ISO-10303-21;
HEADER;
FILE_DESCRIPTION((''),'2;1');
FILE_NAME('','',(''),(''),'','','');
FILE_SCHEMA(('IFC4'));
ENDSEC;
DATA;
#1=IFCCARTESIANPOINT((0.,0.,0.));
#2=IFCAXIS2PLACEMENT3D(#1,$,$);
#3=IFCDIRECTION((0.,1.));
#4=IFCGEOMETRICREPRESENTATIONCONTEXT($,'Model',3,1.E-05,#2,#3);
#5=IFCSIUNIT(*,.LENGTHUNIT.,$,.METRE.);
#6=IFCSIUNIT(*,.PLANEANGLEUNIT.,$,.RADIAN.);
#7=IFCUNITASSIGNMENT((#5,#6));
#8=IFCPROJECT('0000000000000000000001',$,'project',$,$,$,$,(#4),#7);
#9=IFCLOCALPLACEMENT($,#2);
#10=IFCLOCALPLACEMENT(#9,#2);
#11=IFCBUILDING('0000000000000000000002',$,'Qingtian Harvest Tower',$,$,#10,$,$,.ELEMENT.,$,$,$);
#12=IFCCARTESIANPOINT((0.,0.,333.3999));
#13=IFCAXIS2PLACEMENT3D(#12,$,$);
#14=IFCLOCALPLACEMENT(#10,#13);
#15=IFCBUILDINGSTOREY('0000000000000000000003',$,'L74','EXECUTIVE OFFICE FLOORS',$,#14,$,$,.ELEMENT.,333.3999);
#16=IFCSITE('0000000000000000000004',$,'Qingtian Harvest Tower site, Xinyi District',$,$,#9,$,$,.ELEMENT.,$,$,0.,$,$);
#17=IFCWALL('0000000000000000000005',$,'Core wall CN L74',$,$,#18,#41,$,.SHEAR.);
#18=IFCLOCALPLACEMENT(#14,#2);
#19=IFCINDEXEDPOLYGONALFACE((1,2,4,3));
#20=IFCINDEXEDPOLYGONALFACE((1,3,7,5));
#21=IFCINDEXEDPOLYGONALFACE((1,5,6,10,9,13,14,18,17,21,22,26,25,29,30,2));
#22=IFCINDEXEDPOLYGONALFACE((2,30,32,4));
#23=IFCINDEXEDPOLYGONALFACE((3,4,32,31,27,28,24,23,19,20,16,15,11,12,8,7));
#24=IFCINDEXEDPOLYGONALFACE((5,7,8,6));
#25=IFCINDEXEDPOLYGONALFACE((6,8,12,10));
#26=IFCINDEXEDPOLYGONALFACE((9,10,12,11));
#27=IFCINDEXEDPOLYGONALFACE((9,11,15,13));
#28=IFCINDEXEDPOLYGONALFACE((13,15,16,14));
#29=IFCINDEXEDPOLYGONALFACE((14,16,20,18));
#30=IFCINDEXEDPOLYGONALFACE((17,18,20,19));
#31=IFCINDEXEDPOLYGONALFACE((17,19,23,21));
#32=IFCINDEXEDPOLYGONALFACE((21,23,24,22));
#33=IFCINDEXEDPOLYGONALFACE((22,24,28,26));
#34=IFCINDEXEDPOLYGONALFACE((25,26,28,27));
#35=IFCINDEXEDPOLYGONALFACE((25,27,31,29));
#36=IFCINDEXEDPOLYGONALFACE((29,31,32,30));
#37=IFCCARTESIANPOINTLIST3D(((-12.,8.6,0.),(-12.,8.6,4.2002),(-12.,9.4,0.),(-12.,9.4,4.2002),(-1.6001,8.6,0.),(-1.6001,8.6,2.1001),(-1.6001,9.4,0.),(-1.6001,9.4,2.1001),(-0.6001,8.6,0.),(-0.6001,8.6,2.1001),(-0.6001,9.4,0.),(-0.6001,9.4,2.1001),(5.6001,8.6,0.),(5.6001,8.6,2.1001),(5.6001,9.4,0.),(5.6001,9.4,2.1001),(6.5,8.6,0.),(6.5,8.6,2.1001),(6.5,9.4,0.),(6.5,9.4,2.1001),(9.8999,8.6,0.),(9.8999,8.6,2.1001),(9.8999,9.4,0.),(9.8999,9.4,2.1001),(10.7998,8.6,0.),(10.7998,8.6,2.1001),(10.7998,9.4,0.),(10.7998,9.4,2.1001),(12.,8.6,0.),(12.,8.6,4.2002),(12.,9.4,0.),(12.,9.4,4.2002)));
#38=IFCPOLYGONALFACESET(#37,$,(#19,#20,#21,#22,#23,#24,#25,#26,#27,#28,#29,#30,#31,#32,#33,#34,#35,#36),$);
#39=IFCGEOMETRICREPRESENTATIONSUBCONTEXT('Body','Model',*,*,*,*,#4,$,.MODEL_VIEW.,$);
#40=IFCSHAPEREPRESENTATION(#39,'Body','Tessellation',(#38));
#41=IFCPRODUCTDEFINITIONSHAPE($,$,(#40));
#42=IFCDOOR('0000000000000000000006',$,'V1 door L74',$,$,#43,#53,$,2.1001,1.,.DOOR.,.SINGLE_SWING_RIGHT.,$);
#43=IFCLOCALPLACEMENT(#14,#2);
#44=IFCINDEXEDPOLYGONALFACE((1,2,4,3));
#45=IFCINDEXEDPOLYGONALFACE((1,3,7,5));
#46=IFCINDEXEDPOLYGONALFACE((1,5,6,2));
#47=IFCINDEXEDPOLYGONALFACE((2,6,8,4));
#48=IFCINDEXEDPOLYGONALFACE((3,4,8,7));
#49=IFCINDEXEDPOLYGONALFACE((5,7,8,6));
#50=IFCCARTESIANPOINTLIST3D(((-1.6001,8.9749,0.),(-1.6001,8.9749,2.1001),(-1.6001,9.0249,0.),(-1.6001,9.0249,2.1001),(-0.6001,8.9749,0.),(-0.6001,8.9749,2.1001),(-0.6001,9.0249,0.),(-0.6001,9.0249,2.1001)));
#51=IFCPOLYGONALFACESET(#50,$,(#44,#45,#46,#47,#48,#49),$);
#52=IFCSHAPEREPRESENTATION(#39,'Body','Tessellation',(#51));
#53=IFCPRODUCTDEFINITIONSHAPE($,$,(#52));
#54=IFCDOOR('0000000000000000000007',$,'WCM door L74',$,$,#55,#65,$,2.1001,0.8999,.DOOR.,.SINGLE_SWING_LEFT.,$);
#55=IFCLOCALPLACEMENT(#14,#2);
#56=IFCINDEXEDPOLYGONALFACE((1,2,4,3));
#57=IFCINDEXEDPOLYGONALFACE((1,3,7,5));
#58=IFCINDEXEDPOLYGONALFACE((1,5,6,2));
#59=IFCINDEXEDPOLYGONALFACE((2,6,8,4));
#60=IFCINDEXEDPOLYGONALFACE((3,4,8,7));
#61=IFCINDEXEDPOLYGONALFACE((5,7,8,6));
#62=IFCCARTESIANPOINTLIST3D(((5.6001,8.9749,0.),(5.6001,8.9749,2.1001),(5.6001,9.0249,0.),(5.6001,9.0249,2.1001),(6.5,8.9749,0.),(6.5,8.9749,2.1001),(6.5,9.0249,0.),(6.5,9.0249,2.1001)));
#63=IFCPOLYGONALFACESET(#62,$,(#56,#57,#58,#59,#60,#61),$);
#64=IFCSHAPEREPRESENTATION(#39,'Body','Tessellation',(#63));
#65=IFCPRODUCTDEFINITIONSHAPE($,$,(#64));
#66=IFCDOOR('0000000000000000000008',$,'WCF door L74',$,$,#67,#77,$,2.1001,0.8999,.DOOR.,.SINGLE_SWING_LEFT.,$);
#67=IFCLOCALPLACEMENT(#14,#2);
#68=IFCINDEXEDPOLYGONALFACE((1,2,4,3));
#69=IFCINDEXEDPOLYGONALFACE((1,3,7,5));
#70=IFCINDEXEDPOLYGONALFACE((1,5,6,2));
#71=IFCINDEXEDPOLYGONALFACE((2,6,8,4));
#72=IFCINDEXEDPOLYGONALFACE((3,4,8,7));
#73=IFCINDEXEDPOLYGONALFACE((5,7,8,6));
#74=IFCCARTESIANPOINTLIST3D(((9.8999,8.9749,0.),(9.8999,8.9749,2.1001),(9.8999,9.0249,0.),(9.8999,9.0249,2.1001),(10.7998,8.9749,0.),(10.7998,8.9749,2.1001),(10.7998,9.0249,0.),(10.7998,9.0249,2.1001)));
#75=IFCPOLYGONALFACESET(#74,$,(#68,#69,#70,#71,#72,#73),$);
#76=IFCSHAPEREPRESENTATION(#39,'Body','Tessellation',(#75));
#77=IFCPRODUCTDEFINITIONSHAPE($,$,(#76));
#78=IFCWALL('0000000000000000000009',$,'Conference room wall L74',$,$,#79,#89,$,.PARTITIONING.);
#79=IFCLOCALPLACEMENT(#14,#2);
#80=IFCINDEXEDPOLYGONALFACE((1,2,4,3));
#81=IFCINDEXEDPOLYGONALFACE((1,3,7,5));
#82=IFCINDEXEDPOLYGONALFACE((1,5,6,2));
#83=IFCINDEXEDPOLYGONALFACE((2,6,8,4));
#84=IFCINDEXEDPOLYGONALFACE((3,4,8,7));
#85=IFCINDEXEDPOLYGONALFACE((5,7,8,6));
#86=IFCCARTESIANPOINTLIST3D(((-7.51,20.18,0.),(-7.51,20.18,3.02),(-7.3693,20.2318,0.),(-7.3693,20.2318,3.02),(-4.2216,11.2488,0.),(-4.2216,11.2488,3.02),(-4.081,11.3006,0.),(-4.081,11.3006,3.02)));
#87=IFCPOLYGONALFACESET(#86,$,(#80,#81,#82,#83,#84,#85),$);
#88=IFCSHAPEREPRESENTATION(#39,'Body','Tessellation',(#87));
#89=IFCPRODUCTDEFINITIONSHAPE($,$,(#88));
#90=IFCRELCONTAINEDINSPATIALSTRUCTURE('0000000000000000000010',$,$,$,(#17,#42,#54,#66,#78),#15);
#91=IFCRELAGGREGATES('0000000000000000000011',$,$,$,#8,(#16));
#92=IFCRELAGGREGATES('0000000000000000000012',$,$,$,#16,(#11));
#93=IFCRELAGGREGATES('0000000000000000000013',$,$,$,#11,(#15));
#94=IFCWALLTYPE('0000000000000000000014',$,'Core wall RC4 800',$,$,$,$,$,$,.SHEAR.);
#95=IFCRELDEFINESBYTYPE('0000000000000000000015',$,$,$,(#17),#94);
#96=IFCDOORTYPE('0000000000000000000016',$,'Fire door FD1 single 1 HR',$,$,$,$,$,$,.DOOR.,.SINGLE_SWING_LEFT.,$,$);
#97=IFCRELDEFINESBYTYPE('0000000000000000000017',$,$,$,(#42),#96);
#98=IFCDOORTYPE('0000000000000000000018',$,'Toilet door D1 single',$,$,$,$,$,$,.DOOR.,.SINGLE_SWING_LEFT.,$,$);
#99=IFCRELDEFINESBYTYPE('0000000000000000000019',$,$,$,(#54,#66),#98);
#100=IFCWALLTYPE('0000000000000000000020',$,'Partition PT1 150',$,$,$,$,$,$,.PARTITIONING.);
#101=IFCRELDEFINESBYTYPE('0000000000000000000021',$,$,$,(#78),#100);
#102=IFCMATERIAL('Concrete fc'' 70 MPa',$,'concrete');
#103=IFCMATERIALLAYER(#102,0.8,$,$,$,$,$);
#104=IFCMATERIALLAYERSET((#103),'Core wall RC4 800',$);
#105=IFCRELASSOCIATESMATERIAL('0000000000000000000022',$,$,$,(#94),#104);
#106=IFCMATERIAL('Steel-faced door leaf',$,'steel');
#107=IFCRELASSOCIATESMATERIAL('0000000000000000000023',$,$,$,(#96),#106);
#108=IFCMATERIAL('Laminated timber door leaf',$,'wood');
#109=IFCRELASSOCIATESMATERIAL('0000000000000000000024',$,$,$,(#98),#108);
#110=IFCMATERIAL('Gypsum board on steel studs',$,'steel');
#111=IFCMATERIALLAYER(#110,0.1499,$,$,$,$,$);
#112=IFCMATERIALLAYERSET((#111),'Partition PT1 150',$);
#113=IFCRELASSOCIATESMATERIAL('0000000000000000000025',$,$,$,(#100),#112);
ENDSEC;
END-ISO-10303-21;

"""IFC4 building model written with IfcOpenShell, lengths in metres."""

from ifc_helpers import new_model, si_unit, direction, frame, frame_2d, origin, place, context, subcontext, project, spatial, rectangle, extrude, material, layer, layer_set, type_object, element, fill, save


model = new_model("IFC4")

# Units and contexts
model_context = context("Model", 3, precision=1e-05, world=origin(), true_north=direction((0.0, 1.0)))
body_context = subcontext(model_context, "Body", "Model", "MODEL_VIEW")
ifc_project = project(units=[si_unit("LENGTHUNIT", "METRE"), si_unit("PLANEANGLEUNIT", "RADIAN")], contexts=[model_context])

# Site, building, storey
site_placement = place(None, origin())
site = spatial("IfcSite", under=ifc_project, at=site_placement, Name="Qingtian Harvest Tower site, Xinyi District", CompositionType="ELEMENT", RefElevation=0.0)
building_placement = place(site_placement, origin())
building = spatial("IfcBuilding", under=site, at=building_placement, Name="Qingtian Harvest Tower", CompositionType="ELEMENT")
storey_placement = place(building_placement, frame((0.0, 0.0, 333.3999)))
storey = spatial("IfcBuildingStorey", under=building, at=storey_placement, Name="L74", Description="EXECUTIVE OFFICE FLOORS", CompositionType="ELEMENT", Elevation=333.3999)

# Wall, openings, doors
ifc_material_1 = material(Name="Concrete fc' 70 MPa", Category="concrete")
ifc_layer_1 = layer(ifc_material_1, 0.8)
ifc_layer_set_1 = layer_set([ifc_layer_1], Name="Core wall RC4 800")
wall_type_1 = type_object("IfcWallType", Name="Core wall RC4 800", PredefinedType="SHEAR", material=ifc_layer_set_1)
wall_1_placement = place(storey_placement, frame((-12.0, 9.0, 0.0), z_axis=(0.0, 0.0, 1.0), x_axis=(1.0, 0.0, 0.0)))
wall_1 = element("IfcWall", 1, at=wall_1_placement, inside=storey, type_object=wall_type_1, Name="Core wall CN L74", PredefinedType="SHEAR", context=body_context, shape_type="SweptSolid", body=[
    extrude(rectangle(XDim=24.0, YDim=0.8, at=frame_2d((12.0, 0.0))), origin(), (0.0, 0.0, 1.0), 4.2002),
])
opening_1_placement = place(wall_1_placement, frame((10.3999, 0.0, 0.0)))
opening_1 = element("IfcOpeningElement", 2, at=opening_1_placement, cuts=wall_1, PredefinedType="OPENING", context=body_context, shape_type="SweptSolid", body=[
    extrude(rectangle(XDim=1.0, YDim=2.1001, at=frame_2d((0.5, 1.05))), frame((0.0, 0.4099, 0.0), z_axis=(0.0, -1.0, 0.0), x_axis=(1.0, 0.0, 0.0)), (0.0, 0.0, 1.0), 0.8201),
])
opening_2_placement = place(wall_1_placement, frame((17.6001, 0.0, 0.0)))
opening_2 = element("IfcOpeningElement", 3, at=opening_2_placement, cuts=wall_1, PredefinedType="OPENING", context=body_context, shape_type="SweptSolid", body=[
    extrude(rectangle(XDim=0.8999, YDim=2.1001, at=frame_2d((0.45, 1.05))), frame((0.0, 0.4099, 0.0), z_axis=(0.0, -1.0, 0.0), x_axis=(1.0, 0.0, 0.0)), (0.0, 0.0, 1.0), 0.8201),
])
opening_3_placement = place(wall_1_placement, frame((21.8999, 0.0, 0.0)))
opening_3 = element("IfcOpeningElement", 4, at=opening_3_placement, cuts=wall_1, PredefinedType="OPENING", context=body_context, shape_type="SweptSolid", body=[
    extrude(rectangle(XDim=0.8999, YDim=2.1001, at=frame_2d((0.45, 1.05))), frame((0.0, 0.4099, 0.0), z_axis=(0.0, -1.0, 0.0), x_axis=(1.0, 0.0, 0.0)), (0.0, 0.0, 1.0), 0.8201),
])
ifc_material_2 = material(Name="Steel-faced door leaf", Category="steel")
door_type_1 = type_object("IfcDoorType", Name="Fire door FD1 single 1 HR", OperationType="SINGLE_SWING_LEFT", PredefinedType="DOOR", material=ifc_material_2)
door_1_placement = place(opening_1_placement, origin())
door_1 = element("IfcDoor", 5, at=door_1_placement, inside=storey, type_object=door_type_1, Name="V1 door L74", OperationType="SINGLE_SWING_RIGHT", OverallHeight=2.1001, OverallWidth=1.0, PredefinedType="DOOR", context=body_context, shape_type="SweptSolid", body=[
    extrude(rectangle(XDim=1.0, YDim=2.1001, at=frame_2d((0.5, 1.05))), frame((0.0, 0.0249, 0.0), z_axis=(0.0, -1.0, 0.0), x_axis=(1.0, 0.0, 0.0)), (0.0, 0.0, 1.0), 0.05),
])
fill(opening_1, door_1)
ifc_material_3 = material(Name="Laminated timber door leaf", Category="wood")
door_type_2 = type_object("IfcDoorType", Name="Toilet door D1 single", OperationType="SINGLE_SWING_LEFT", PredefinedType="DOOR", material=ifc_material_3)
door_2_placement = place(opening_2_placement, origin())
door_2 = element("IfcDoor", 6, at=door_2_placement, inside=storey, type_object=door_type_2, Name="WCM door L74", OperationType="SINGLE_SWING_LEFT", OverallHeight=2.1001, OverallWidth=0.8999, PredefinedType="DOOR", context=body_context, shape_type="SweptSolid", body=[
    extrude(rectangle(XDim=0.8999, YDim=2.1001, at=frame_2d((0.45, 1.05))), frame((0.0, 0.0249, 0.0), z_axis=(0.0, -1.0, 0.0), x_axis=(1.0, 0.0, 0.0)), (0.0, 0.0, 1.0), 0.05),
])
fill(opening_2, door_2)
door_3_placement = place(opening_3_placement, origin())
door_3 = element("IfcDoor", 7, at=door_3_placement, inside=storey, type_object=door_type_2, Name="WCF door L74", OperationType="SINGLE_SWING_LEFT", OverallHeight=2.1001, OverallWidth=0.8999, PredefinedType="DOOR", context=body_context, shape_type="SweptSolid", body=[
    extrude(rectangle(XDim=0.8999, YDim=2.1001, at=frame_2d((0.45, 1.05))), frame((0.0, 0.0249, 0.0), z_axis=(0.0, -1.0, 0.0), x_axis=(1.0, 0.0, 0.0)), (0.0, 0.0, 1.0), 0.05),
])
fill(opening_3, door_3)

# Wall
ifc_material_4 = material(Name="Gypsum board on steel studs", Category="steel")
ifc_layer_2 = layer(ifc_material_4, 0.1499)
ifc_layer_set_2 = layer_set([ifc_layer_2], Name="Partition PT1 150")
wall_type_2 = type_object("IfcWallType", Name="Partition PT1 150", PredefinedType="PARTITIONING", material=ifc_layer_set_2)
wall_2_placement = place(storey_placement, frame((-7.4397, 20.2061, 0.0), z_axis=(0.0, 0.0, 1.0), x_axis=(0.345512, -0.938414, 0.0)))
element("IfcWall", 8, at=wall_2_placement, inside=storey, type_object=wall_type_2, Name="Conference room wall L74", PredefinedType="PARTITIONING", context=body_context, shape_type="SweptSolid", body=[
    extrude(rectangle(XDim=9.5173, YDim=0.1499, at=frame_2d((4.7588, 0.0))), origin(), (0.0, 0.0, 1.0), 3.02),
])

save(model, "model.ifc")
